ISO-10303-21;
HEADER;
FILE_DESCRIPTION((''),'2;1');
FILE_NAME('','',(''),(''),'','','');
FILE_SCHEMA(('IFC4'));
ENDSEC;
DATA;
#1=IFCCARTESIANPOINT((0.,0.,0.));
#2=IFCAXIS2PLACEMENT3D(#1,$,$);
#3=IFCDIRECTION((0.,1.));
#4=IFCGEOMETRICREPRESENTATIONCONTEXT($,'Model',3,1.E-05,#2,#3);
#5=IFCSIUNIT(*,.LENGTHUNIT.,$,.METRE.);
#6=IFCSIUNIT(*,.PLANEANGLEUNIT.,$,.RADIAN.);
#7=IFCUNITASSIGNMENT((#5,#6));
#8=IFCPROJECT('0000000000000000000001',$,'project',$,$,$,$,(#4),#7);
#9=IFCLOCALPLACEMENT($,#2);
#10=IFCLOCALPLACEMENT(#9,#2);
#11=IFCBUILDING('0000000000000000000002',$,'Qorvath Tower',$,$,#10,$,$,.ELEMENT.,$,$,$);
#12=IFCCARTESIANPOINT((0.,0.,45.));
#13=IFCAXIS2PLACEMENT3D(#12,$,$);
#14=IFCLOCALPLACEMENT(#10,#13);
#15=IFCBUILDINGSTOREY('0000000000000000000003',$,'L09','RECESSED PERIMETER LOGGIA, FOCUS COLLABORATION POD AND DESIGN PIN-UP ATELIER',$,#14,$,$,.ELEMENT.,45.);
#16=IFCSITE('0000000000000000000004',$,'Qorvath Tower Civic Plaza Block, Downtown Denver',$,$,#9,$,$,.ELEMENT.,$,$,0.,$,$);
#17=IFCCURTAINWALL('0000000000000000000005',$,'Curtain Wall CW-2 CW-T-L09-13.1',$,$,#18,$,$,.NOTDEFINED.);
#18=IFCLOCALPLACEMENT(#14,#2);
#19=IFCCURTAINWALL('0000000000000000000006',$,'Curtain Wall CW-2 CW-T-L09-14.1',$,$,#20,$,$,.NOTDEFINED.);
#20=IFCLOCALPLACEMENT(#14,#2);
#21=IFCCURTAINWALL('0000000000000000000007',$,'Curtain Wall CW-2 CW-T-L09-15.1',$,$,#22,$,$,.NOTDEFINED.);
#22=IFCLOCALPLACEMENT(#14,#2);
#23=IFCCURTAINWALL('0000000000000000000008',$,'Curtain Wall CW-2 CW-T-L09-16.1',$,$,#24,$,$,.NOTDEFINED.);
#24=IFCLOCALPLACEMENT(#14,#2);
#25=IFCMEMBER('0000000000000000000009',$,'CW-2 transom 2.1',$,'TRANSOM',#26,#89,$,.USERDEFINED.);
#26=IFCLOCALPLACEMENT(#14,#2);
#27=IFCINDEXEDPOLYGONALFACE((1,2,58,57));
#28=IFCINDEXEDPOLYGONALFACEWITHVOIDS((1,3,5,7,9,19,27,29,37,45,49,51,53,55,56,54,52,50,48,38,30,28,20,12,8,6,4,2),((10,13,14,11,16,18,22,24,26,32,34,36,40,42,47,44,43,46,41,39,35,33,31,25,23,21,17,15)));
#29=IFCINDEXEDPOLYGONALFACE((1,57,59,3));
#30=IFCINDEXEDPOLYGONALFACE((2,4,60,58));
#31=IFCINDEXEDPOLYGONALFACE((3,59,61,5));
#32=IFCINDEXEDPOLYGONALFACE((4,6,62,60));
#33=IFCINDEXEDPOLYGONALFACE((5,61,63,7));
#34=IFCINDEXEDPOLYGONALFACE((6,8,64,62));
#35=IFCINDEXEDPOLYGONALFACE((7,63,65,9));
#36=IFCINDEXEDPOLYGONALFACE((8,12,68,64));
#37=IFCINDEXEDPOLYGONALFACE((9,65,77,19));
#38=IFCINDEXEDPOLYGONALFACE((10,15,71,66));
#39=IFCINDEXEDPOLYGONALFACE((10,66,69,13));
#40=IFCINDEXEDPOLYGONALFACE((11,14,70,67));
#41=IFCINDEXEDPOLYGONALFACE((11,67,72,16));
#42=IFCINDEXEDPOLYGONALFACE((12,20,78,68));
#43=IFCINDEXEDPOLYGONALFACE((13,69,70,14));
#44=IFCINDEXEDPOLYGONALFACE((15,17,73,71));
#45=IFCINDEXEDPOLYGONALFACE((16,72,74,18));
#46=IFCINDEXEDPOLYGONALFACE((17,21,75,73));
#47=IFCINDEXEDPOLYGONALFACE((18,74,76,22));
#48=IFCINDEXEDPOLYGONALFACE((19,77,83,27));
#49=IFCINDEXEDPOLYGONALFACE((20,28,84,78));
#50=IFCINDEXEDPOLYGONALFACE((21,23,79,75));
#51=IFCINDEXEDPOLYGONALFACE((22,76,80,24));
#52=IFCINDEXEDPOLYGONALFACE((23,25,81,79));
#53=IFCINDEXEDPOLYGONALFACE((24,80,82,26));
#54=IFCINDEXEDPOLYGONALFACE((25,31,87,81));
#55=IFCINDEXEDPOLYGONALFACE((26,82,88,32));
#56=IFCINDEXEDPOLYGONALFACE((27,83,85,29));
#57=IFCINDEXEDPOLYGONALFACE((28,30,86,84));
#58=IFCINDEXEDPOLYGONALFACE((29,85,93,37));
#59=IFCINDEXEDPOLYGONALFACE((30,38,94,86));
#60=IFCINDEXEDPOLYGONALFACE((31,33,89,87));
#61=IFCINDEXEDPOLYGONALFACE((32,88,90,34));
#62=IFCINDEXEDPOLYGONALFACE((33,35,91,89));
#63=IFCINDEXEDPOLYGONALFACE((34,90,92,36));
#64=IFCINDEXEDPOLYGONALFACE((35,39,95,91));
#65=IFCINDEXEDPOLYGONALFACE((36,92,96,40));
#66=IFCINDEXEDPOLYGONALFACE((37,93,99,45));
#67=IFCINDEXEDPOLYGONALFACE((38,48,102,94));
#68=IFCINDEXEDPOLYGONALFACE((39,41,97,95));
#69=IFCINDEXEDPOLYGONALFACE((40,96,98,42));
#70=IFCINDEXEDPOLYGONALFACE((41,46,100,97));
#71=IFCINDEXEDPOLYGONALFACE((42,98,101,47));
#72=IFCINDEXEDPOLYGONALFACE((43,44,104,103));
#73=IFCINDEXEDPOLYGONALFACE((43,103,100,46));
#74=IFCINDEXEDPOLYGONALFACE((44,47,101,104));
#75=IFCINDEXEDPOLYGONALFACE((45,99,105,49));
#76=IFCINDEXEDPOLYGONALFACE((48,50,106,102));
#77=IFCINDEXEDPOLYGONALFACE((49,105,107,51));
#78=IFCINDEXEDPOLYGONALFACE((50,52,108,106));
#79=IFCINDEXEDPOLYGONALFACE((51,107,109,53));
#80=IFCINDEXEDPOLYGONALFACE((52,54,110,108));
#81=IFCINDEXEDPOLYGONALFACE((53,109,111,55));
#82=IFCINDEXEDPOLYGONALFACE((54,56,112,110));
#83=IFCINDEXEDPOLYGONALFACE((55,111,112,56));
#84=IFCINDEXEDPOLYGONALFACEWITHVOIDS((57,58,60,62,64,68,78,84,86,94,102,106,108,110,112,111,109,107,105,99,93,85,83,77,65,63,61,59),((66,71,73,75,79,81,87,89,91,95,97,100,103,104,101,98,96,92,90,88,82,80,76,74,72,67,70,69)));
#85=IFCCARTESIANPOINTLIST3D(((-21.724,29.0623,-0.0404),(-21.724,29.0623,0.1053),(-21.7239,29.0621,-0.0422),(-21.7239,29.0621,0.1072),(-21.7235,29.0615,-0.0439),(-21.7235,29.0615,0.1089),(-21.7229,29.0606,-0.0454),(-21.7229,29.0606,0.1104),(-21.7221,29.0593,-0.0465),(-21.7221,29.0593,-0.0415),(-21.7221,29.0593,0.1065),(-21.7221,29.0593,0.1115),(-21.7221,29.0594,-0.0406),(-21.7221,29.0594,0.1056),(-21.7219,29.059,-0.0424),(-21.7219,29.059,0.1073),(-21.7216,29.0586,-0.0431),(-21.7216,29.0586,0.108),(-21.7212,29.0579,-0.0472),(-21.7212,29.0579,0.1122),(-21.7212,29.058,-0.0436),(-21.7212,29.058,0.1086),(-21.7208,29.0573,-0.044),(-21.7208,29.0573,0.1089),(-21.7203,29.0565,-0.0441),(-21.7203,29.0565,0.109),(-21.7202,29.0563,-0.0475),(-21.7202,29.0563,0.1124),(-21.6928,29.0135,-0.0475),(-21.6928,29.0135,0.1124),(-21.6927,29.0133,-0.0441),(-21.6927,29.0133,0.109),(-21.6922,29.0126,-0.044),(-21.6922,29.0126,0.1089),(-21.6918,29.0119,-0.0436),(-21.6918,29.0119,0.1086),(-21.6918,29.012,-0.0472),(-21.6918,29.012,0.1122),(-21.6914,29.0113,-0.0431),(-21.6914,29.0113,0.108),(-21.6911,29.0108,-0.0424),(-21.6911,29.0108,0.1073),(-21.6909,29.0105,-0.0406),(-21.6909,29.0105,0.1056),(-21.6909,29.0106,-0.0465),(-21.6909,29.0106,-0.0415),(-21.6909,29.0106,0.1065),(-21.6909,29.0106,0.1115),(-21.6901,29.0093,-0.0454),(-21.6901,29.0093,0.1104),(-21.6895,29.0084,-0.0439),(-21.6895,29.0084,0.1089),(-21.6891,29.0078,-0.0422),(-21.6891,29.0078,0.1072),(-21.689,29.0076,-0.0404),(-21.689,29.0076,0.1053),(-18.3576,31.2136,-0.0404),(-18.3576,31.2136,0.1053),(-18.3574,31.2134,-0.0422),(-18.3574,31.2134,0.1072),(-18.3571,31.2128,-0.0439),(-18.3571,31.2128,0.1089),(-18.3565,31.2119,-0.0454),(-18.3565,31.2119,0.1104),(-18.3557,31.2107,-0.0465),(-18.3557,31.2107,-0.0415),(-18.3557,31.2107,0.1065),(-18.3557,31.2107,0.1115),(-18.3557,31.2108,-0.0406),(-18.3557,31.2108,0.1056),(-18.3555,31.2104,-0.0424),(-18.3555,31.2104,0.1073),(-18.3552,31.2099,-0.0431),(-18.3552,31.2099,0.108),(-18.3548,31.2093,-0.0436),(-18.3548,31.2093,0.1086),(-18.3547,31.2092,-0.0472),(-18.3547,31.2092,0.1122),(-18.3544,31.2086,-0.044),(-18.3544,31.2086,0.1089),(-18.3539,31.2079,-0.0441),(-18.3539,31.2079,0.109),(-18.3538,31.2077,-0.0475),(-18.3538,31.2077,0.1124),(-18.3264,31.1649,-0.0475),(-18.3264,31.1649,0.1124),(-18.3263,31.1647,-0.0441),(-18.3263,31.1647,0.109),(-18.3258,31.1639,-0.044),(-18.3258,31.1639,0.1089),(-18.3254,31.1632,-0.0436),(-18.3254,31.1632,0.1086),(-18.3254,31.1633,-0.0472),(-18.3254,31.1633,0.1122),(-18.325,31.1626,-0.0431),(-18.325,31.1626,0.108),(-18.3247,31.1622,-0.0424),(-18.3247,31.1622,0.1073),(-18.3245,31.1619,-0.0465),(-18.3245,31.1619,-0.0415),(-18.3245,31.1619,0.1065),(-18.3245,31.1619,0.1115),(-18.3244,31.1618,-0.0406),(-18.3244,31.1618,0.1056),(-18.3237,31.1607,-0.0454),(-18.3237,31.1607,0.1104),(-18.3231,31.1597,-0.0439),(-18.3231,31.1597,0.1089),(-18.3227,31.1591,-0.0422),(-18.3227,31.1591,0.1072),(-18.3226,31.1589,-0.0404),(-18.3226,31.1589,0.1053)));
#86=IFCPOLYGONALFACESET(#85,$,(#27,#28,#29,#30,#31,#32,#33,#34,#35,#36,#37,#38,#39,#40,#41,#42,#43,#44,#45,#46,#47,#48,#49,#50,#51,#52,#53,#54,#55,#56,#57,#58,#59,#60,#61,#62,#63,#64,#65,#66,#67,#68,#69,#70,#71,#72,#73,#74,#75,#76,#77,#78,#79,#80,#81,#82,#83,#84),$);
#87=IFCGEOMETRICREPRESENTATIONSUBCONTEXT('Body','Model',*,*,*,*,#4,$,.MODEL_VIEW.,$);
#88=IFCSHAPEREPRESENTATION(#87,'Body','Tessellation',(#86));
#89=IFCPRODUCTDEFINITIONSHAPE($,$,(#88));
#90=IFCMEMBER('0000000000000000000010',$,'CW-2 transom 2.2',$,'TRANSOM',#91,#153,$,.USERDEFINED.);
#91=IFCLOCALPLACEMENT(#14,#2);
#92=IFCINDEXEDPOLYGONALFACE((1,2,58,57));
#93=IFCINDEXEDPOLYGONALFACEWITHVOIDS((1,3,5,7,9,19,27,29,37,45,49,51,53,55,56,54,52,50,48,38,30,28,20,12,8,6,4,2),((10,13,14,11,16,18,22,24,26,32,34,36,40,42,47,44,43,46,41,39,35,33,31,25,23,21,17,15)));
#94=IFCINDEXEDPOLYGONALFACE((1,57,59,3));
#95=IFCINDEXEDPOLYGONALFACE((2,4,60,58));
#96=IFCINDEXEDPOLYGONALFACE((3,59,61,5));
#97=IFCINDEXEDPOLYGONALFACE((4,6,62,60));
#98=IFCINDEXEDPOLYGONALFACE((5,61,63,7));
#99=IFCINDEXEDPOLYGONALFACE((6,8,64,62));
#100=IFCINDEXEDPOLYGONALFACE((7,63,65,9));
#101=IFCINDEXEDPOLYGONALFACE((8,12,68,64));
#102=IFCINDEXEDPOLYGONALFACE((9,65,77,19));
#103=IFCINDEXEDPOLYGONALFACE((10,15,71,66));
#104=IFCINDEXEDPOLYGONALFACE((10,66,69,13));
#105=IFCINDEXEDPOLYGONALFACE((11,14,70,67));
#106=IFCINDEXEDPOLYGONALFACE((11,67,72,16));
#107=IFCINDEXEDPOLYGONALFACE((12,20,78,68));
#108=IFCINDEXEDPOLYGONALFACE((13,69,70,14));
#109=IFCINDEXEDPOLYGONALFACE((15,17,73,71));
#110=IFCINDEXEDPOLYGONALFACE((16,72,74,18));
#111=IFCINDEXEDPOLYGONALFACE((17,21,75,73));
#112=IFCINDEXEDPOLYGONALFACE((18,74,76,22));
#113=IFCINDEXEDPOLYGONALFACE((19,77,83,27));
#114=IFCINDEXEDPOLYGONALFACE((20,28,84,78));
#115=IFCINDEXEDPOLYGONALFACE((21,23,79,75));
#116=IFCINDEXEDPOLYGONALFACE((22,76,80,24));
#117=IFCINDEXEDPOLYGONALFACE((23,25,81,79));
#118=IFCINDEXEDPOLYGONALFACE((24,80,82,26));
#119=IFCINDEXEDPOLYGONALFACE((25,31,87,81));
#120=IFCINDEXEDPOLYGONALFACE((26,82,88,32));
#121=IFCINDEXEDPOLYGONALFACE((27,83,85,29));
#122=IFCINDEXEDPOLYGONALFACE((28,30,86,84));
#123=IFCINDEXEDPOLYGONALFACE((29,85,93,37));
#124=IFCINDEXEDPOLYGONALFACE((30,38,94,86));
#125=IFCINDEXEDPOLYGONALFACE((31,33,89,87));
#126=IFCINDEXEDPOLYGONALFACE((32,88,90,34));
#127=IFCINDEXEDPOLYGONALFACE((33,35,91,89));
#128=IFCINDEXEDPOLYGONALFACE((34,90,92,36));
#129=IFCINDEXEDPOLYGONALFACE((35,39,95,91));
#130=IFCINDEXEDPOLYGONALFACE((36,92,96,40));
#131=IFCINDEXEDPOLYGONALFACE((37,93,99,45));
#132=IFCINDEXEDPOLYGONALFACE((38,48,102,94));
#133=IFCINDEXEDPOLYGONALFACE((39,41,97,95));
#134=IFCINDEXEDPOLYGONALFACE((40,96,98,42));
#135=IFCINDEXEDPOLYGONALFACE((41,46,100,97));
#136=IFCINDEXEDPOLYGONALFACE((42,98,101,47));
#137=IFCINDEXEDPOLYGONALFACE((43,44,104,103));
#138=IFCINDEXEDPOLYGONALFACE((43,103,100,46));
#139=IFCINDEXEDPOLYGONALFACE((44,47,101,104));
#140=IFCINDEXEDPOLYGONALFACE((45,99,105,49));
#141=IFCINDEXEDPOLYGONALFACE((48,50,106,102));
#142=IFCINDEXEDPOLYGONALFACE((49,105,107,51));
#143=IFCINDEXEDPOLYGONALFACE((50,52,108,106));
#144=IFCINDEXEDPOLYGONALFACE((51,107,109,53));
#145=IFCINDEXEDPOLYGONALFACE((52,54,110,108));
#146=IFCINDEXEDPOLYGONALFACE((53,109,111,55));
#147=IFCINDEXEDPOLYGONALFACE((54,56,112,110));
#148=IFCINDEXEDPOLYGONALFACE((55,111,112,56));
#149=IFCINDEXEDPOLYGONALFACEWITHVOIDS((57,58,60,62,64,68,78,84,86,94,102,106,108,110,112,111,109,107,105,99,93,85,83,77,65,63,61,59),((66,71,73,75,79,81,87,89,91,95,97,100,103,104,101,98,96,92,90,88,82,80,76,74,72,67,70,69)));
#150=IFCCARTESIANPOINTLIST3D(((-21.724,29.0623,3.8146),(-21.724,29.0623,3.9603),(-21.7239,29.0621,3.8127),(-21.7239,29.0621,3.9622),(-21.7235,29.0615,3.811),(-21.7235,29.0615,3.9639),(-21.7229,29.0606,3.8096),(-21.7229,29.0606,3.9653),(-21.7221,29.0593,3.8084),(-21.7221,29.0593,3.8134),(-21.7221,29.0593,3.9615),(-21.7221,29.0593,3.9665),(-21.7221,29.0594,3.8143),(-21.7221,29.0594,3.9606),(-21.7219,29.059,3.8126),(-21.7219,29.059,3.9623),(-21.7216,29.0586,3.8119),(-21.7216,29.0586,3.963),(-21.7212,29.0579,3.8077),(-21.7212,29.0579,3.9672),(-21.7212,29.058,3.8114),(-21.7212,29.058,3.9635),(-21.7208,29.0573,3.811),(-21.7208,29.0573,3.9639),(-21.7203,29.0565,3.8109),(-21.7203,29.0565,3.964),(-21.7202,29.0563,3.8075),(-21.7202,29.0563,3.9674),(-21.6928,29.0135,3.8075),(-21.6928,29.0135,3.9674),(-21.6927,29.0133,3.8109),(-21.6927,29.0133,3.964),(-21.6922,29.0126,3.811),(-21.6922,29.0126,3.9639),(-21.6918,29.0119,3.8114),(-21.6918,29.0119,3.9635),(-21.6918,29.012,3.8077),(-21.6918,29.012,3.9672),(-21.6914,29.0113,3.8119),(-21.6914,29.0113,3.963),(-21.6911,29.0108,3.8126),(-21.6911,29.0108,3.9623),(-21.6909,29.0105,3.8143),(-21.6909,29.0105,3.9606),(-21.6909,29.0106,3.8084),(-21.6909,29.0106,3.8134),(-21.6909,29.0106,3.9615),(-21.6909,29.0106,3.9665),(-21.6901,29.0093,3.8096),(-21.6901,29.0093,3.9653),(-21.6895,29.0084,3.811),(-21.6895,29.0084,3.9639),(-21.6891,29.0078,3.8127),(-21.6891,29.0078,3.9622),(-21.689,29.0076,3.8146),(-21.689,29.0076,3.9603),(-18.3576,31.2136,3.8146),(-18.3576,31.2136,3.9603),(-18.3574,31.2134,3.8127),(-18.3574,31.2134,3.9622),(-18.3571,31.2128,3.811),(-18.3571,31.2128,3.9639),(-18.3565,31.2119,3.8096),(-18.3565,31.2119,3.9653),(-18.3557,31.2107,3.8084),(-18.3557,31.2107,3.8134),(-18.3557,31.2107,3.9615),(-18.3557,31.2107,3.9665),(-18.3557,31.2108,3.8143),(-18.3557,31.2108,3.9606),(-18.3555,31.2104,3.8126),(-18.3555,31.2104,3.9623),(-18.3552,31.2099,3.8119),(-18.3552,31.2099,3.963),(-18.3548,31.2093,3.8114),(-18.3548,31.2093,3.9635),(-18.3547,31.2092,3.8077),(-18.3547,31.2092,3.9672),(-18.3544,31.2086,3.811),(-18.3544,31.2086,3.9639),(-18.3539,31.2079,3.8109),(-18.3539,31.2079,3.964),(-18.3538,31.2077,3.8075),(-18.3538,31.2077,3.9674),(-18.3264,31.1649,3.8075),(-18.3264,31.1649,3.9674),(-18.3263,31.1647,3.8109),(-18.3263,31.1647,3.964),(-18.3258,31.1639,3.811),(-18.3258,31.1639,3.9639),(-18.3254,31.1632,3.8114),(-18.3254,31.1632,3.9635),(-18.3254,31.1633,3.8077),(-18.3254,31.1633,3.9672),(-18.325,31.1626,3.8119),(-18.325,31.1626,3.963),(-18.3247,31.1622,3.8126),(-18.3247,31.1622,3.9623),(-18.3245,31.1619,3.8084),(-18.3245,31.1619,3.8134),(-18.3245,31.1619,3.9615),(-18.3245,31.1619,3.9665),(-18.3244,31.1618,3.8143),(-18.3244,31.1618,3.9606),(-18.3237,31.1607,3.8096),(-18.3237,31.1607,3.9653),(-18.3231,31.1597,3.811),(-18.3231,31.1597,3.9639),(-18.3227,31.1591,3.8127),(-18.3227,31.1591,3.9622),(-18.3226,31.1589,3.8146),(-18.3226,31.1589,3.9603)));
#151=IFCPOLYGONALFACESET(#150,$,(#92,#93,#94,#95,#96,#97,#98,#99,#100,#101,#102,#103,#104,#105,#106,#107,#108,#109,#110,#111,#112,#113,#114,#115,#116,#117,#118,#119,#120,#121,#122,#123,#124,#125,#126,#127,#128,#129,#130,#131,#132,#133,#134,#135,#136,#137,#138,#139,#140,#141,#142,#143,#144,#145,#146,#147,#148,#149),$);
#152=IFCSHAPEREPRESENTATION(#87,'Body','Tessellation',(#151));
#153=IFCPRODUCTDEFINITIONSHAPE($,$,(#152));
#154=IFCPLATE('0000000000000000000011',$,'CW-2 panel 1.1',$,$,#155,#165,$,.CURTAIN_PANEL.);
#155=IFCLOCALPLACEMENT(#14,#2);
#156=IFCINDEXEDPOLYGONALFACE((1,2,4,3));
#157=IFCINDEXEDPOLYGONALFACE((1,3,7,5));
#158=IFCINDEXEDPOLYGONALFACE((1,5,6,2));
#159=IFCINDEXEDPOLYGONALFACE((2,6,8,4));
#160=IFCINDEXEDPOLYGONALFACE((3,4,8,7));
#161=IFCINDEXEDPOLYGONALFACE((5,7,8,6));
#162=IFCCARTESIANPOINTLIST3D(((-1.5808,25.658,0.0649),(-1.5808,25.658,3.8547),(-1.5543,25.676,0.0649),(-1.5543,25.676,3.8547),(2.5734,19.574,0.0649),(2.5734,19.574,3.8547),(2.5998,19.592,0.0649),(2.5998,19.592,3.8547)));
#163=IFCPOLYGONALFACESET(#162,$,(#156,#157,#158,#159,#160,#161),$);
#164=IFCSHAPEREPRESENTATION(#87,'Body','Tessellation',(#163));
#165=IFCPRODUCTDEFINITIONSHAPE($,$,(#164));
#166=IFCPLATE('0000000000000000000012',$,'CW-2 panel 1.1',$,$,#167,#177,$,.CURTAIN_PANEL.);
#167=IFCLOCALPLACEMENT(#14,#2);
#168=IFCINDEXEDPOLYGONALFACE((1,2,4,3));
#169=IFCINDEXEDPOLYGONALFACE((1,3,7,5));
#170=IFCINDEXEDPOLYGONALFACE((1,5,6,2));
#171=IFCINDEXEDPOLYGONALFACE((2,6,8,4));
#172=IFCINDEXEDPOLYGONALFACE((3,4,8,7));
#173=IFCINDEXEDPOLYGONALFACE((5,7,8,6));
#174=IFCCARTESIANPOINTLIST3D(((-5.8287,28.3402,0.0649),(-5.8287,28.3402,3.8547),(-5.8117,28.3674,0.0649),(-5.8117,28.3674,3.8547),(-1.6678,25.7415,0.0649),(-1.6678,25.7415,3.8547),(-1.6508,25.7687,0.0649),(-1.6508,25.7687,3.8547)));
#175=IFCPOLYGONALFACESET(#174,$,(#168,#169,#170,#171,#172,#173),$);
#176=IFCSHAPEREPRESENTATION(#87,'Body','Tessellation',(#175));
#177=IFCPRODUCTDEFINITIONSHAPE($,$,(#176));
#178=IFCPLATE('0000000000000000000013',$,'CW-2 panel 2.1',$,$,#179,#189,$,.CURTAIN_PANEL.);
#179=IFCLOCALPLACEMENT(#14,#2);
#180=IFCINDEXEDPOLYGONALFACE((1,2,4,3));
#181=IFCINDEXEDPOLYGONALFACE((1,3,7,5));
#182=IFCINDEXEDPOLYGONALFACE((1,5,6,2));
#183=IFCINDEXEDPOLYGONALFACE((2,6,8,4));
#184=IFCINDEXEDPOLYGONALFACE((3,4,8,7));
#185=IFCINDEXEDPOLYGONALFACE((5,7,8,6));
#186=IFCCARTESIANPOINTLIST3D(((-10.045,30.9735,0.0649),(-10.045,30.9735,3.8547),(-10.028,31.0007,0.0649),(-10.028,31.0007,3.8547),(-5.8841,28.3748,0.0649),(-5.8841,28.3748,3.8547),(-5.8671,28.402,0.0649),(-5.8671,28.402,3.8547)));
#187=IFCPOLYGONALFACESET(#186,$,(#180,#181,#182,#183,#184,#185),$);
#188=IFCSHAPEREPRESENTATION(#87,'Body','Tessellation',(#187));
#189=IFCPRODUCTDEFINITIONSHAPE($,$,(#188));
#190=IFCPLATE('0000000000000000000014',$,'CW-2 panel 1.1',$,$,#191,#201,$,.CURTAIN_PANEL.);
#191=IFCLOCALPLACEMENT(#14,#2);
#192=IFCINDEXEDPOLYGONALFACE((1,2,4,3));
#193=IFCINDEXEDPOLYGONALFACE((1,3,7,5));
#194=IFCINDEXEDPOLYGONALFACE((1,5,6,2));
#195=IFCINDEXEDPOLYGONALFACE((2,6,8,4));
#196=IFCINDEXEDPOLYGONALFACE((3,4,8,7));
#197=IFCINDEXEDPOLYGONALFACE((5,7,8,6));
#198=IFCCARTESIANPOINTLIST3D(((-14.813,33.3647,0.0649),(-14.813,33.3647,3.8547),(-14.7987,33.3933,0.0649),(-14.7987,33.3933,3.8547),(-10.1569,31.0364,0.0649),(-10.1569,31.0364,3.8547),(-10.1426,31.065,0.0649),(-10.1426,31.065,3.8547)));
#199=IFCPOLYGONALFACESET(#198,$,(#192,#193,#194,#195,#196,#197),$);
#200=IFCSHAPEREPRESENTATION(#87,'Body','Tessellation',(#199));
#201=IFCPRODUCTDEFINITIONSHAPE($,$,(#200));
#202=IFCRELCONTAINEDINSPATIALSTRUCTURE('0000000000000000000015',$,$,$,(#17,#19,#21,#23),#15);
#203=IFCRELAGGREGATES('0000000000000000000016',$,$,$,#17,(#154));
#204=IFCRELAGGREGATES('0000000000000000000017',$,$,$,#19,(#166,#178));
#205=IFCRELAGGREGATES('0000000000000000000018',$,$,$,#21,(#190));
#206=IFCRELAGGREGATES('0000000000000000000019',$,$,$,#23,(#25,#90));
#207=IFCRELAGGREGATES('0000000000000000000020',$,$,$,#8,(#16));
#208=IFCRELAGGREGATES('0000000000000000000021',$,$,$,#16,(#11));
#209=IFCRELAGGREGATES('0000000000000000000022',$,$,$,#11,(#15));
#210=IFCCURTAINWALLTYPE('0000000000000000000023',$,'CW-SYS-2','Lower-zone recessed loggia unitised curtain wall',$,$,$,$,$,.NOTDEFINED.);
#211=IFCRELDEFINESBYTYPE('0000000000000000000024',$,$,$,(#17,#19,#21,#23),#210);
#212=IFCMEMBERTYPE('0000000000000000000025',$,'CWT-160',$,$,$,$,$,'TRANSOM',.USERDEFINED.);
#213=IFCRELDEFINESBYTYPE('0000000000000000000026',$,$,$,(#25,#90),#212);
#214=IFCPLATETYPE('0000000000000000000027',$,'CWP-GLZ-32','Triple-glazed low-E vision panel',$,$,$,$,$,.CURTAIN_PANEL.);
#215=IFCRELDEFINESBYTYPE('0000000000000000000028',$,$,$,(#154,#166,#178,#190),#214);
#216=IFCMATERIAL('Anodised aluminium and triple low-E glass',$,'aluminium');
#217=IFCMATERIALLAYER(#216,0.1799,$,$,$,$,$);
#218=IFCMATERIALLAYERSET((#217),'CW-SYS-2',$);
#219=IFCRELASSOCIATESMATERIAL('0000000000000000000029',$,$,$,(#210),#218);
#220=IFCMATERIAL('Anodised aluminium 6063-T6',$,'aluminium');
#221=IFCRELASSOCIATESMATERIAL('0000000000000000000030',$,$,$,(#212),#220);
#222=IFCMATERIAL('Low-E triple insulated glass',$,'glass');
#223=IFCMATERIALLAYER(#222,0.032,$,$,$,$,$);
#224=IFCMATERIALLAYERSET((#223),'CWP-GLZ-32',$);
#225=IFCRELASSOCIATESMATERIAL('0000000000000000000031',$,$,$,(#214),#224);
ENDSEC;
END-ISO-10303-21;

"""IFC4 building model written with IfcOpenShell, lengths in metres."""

from ifc_helpers import new_model, si_unit, direction, frame, origin, origin_2d, place, context, subcontext, project, spatial, rectangle, hollow_rectangle, extrude, material, layer, layer_set, material_profile, profile_set, type_object, element, aggregate, save


model = new_model("IFC4")

# Units and contexts
model_context = context("Model", 3, precision=1e-05, world=origin(), true_north=direction((0.0, 1.0)))
body_context = subcontext(model_context, "Body", "Model", "MODEL_VIEW")
ifc_project = project(units=[si_unit("LENGTHUNIT", "METRE"), si_unit("PLANEANGLEUNIT", "RADIAN")], contexts=[model_context])

# Site, building, storey
site_placement = place(None, origin())
site = spatial("IfcSite", under=ifc_project, at=site_placement, Name="Qorvath Tower Civic Plaza Block, Downtown Denver", CompositionType="ELEMENT", RefElevation=0.0)
building_placement = place(site_placement, origin())
building = spatial("IfcBuilding", under=site, at=building_placement, Name="Qorvath Tower", CompositionType="ELEMENT")
storey_placement = place(building_placement, frame((0.0, 0.0, 45.0)))
storey = spatial("IfcBuildingStorey", under=building, at=storey_placement, Name="L09", Description="RECESSED PERIMETER LOGGIA, FOCUS COLLABORATION POD AND DESIGN PIN-UP ATELIER", CompositionType="ELEMENT", Elevation=45.0)

# Curtain wall
ifc_material_1 = material(Name="Anodised aluminium and triple low-E glass", Category="aluminium")
ifc_layer_1 = layer(ifc_material_1, 0.1799)
ifc_layer_set_1 = layer_set([ifc_layer_1], Name="CW-SYS-2")
curtain_wall_type = type_object("IfcCurtainWallType", Name="CW-SYS-2", Description="Lower-zone recessed loggia unitised curtain wall", PredefinedType="NOTDEFINED", material=ifc_layer_set_1)
curtain_wall_1_placement = place(storey_placement, origin())
curtain_wall_1 = element("IfcCurtainWall", 1, at=curtain_wall_1_placement, inside=storey, type_object=curtain_wall_type, Name="Curtain Wall CW-2 CW-T-L09-13.1", PredefinedType="NOTDEFINED")

# Curtain walls
curtain_wall_2_placement = place(storey_placement, origin())
curtain_wall_2 = element("IfcCurtainWall", 2, at=curtain_wall_2_placement, inside=storey, type_object=curtain_wall_type, Name="Curtain Wall CW-2 CW-T-L09-14.1", PredefinedType="NOTDEFINED")
curtain_wall_3_placement = place(storey_placement, origin())
curtain_wall_3 = element("IfcCurtainWall", 3, at=curtain_wall_3_placement, inside=storey, type_object=curtain_wall_type, Name="Curtain Wall CW-2 CW-T-L09-15.1", PredefinedType="NOTDEFINED")
curtain_wall_4_placement = place(storey_placement, origin())
curtain_wall_4 = element("IfcCurtainWall", 4, at=curtain_wall_4_placement, inside=storey, type_object=curtain_wall_type, Name="Curtain Wall CW-2 CW-T-L09-16.1", PredefinedType="NOTDEFINED")

# Members
ifc_material_2 = material(Name="Anodised aluminium 6063-T6", Category="aluminium")
ifc_material_profile_1 = material_profile(ifc_material_2, hollow_rectangle(XDim=0.0649, YDim=0.1599, WallThickness=0.0034, InnerFilletRadius=0.0034, OuterFilletRadius=0.0071, at=origin_2d()), Name="CWT 160x65")
ifc_profile_set_1 = profile_set([ifc_material_profile_1], Name="Anodised aluminium 6063-T6")
member_type_1 = type_object("IfcMemberType", Name="CWT-160", ElementType="TRANSOM", PredefinedType="USERDEFINED", material=ifc_profile_set_1)
member_1_placement = place(storey_placement, frame((-18.3401, 31.1863, 0.0325), z_axis=(-0.842631, -0.538492, 0.0), x_axis=(0.538492, -0.842631, 0.0)))
member_1 = element("IfcMember", 5, at=member_1_placement, type_object=member_type_1, Name="CW-2 transom 2.1", ObjectType="TRANSOM", PredefinedType="USERDEFINED", context=body_context, shape_type="SweptSolid", body=[
    extrude(hollow_rectangle(XDim=0.0649, YDim=0.1599, WallThickness=0.0034, InnerFilletRadius=0.0034, OuterFilletRadius=0.0071, at=origin_2d()), origin(), (0.0, 0.0, 1.0), 3.9951),
])
member_2_placement = place(storey_placement, frame((-18.3401, 31.1863, 3.8875), z_axis=(-0.842631, -0.538492, 0.0), x_axis=(0.538492, -0.842631, 0.0)))
member_2 = element("IfcMember", 6, at=member_2_placement, type_object=member_type_1, Name="CW-2 transom 2.2", ObjectType="TRANSOM", PredefinedType="USERDEFINED", context=body_context, shape_type="SweptSolid", body=[
    extrude(hollow_rectangle(XDim=0.0649, YDim=0.1599, WallThickness=0.0034, InnerFilletRadius=0.0034, OuterFilletRadius=0.0071, at=origin_2d()), origin(), (0.0, 0.0, 1.0), 3.9951),
])

# Plates
ifc_material_3 = material(Name="Low-E triple insulated glass", Category="glass")
ifc_layer_2 = layer(ifc_material_3, 0.032)
ifc_layer_set_2 = layer_set([ifc_layer_2], Name="CWP-GLZ-32")
plate_type = type_object("IfcPlateType", Name="CWP-GLZ-32", Description="Triple-glazed low-E vision panel", PredefinedType="CURTAIN_PANEL", material=ifc_layer_set_2)
plate_1_placement = place(storey_placement, frame((0.5095, 22.625, 0.0649), z_axis=(0.0, 0.0, 1.0), x_axis=(-0.563891, 0.825849, 0.0)))
plate_1 = element("IfcPlate", 7, at=plate_1_placement, type_object=plate_type, Name="CW-2 panel 1.1", PredefinedType="CURTAIN_PANEL", context=body_context, shape_type="SweptSolid", body=[
    extrude(rectangle(XDim=7.3669, YDim=0.032, at=origin_2d()), origin(), (0.0, 0.0, 1.0), 3.7898),
])
aggregate(curtain_wall_1, [plate_1])
plate_2_placement = place(storey_placement, frame((-3.7397, 27.0544, 0.0649), z_axis=(0.0, 0.0, 1.0), x_axis=(-0.84817, 0.529724, 0.0)))
plate_2 = element("IfcPlate", 8, at=plate_2_placement, type_object=plate_type, Name="CW-2 panel 1.1", PredefinedType="CURTAIN_PANEL", context=body_context, shape_type="SweptSolid", body=[
    extrude(rectangle(XDim=4.9058, YDim=0.032, at=origin_2d()), origin(), (0.0, 0.0, 1.0), 3.7898),
])
plate_3_placement = place(storey_placement, frame((-7.9561, 29.6877, 0.0649), z_axis=(0.0, 0.0, 1.0), x_axis=(-0.84817, 0.529724, 0.0)))
plate_3 = element("IfcPlate", 9, at=plate_3_placement, type_object=plate_type, Name="CW-2 panel 2.1", PredefinedType="CURTAIN_PANEL", context=body_context, shape_type="SweptSolid", body=[
    extrude(rectangle(XDim=4.9058, YDim=0.032, at=origin_2d()), origin(), (0.0, 0.0, 1.0), 3.7898),
])
aggregate(curtain_wall_2, [plate_2, plate_3])
plate_4_placement = place(storey_placement, frame((-12.4778, 32.2148, 0.0649), z_axis=(0.0, 0.0, 1.0), x_axis=(-0.894405, 0.447259, 0.0)))
plate_4 = element("IfcPlate", 10, at=plate_4_placement, type_object=plate_type, Name="CW-2 panel 1.1", PredefinedType="CURTAIN_PANEL", context=body_context, shape_type="SweptSolid", body=[
    extrude(rectangle(XDim=5.2058, YDim=0.032, at=origin_2d()), origin(), (0.0, 0.0, 1.0), 3.7898),
])
aggregate(curtain_wall_3, [plate_4])
aggregate(curtain_wall_4, [member_1, member_2])

save(model, "model.ifc")
